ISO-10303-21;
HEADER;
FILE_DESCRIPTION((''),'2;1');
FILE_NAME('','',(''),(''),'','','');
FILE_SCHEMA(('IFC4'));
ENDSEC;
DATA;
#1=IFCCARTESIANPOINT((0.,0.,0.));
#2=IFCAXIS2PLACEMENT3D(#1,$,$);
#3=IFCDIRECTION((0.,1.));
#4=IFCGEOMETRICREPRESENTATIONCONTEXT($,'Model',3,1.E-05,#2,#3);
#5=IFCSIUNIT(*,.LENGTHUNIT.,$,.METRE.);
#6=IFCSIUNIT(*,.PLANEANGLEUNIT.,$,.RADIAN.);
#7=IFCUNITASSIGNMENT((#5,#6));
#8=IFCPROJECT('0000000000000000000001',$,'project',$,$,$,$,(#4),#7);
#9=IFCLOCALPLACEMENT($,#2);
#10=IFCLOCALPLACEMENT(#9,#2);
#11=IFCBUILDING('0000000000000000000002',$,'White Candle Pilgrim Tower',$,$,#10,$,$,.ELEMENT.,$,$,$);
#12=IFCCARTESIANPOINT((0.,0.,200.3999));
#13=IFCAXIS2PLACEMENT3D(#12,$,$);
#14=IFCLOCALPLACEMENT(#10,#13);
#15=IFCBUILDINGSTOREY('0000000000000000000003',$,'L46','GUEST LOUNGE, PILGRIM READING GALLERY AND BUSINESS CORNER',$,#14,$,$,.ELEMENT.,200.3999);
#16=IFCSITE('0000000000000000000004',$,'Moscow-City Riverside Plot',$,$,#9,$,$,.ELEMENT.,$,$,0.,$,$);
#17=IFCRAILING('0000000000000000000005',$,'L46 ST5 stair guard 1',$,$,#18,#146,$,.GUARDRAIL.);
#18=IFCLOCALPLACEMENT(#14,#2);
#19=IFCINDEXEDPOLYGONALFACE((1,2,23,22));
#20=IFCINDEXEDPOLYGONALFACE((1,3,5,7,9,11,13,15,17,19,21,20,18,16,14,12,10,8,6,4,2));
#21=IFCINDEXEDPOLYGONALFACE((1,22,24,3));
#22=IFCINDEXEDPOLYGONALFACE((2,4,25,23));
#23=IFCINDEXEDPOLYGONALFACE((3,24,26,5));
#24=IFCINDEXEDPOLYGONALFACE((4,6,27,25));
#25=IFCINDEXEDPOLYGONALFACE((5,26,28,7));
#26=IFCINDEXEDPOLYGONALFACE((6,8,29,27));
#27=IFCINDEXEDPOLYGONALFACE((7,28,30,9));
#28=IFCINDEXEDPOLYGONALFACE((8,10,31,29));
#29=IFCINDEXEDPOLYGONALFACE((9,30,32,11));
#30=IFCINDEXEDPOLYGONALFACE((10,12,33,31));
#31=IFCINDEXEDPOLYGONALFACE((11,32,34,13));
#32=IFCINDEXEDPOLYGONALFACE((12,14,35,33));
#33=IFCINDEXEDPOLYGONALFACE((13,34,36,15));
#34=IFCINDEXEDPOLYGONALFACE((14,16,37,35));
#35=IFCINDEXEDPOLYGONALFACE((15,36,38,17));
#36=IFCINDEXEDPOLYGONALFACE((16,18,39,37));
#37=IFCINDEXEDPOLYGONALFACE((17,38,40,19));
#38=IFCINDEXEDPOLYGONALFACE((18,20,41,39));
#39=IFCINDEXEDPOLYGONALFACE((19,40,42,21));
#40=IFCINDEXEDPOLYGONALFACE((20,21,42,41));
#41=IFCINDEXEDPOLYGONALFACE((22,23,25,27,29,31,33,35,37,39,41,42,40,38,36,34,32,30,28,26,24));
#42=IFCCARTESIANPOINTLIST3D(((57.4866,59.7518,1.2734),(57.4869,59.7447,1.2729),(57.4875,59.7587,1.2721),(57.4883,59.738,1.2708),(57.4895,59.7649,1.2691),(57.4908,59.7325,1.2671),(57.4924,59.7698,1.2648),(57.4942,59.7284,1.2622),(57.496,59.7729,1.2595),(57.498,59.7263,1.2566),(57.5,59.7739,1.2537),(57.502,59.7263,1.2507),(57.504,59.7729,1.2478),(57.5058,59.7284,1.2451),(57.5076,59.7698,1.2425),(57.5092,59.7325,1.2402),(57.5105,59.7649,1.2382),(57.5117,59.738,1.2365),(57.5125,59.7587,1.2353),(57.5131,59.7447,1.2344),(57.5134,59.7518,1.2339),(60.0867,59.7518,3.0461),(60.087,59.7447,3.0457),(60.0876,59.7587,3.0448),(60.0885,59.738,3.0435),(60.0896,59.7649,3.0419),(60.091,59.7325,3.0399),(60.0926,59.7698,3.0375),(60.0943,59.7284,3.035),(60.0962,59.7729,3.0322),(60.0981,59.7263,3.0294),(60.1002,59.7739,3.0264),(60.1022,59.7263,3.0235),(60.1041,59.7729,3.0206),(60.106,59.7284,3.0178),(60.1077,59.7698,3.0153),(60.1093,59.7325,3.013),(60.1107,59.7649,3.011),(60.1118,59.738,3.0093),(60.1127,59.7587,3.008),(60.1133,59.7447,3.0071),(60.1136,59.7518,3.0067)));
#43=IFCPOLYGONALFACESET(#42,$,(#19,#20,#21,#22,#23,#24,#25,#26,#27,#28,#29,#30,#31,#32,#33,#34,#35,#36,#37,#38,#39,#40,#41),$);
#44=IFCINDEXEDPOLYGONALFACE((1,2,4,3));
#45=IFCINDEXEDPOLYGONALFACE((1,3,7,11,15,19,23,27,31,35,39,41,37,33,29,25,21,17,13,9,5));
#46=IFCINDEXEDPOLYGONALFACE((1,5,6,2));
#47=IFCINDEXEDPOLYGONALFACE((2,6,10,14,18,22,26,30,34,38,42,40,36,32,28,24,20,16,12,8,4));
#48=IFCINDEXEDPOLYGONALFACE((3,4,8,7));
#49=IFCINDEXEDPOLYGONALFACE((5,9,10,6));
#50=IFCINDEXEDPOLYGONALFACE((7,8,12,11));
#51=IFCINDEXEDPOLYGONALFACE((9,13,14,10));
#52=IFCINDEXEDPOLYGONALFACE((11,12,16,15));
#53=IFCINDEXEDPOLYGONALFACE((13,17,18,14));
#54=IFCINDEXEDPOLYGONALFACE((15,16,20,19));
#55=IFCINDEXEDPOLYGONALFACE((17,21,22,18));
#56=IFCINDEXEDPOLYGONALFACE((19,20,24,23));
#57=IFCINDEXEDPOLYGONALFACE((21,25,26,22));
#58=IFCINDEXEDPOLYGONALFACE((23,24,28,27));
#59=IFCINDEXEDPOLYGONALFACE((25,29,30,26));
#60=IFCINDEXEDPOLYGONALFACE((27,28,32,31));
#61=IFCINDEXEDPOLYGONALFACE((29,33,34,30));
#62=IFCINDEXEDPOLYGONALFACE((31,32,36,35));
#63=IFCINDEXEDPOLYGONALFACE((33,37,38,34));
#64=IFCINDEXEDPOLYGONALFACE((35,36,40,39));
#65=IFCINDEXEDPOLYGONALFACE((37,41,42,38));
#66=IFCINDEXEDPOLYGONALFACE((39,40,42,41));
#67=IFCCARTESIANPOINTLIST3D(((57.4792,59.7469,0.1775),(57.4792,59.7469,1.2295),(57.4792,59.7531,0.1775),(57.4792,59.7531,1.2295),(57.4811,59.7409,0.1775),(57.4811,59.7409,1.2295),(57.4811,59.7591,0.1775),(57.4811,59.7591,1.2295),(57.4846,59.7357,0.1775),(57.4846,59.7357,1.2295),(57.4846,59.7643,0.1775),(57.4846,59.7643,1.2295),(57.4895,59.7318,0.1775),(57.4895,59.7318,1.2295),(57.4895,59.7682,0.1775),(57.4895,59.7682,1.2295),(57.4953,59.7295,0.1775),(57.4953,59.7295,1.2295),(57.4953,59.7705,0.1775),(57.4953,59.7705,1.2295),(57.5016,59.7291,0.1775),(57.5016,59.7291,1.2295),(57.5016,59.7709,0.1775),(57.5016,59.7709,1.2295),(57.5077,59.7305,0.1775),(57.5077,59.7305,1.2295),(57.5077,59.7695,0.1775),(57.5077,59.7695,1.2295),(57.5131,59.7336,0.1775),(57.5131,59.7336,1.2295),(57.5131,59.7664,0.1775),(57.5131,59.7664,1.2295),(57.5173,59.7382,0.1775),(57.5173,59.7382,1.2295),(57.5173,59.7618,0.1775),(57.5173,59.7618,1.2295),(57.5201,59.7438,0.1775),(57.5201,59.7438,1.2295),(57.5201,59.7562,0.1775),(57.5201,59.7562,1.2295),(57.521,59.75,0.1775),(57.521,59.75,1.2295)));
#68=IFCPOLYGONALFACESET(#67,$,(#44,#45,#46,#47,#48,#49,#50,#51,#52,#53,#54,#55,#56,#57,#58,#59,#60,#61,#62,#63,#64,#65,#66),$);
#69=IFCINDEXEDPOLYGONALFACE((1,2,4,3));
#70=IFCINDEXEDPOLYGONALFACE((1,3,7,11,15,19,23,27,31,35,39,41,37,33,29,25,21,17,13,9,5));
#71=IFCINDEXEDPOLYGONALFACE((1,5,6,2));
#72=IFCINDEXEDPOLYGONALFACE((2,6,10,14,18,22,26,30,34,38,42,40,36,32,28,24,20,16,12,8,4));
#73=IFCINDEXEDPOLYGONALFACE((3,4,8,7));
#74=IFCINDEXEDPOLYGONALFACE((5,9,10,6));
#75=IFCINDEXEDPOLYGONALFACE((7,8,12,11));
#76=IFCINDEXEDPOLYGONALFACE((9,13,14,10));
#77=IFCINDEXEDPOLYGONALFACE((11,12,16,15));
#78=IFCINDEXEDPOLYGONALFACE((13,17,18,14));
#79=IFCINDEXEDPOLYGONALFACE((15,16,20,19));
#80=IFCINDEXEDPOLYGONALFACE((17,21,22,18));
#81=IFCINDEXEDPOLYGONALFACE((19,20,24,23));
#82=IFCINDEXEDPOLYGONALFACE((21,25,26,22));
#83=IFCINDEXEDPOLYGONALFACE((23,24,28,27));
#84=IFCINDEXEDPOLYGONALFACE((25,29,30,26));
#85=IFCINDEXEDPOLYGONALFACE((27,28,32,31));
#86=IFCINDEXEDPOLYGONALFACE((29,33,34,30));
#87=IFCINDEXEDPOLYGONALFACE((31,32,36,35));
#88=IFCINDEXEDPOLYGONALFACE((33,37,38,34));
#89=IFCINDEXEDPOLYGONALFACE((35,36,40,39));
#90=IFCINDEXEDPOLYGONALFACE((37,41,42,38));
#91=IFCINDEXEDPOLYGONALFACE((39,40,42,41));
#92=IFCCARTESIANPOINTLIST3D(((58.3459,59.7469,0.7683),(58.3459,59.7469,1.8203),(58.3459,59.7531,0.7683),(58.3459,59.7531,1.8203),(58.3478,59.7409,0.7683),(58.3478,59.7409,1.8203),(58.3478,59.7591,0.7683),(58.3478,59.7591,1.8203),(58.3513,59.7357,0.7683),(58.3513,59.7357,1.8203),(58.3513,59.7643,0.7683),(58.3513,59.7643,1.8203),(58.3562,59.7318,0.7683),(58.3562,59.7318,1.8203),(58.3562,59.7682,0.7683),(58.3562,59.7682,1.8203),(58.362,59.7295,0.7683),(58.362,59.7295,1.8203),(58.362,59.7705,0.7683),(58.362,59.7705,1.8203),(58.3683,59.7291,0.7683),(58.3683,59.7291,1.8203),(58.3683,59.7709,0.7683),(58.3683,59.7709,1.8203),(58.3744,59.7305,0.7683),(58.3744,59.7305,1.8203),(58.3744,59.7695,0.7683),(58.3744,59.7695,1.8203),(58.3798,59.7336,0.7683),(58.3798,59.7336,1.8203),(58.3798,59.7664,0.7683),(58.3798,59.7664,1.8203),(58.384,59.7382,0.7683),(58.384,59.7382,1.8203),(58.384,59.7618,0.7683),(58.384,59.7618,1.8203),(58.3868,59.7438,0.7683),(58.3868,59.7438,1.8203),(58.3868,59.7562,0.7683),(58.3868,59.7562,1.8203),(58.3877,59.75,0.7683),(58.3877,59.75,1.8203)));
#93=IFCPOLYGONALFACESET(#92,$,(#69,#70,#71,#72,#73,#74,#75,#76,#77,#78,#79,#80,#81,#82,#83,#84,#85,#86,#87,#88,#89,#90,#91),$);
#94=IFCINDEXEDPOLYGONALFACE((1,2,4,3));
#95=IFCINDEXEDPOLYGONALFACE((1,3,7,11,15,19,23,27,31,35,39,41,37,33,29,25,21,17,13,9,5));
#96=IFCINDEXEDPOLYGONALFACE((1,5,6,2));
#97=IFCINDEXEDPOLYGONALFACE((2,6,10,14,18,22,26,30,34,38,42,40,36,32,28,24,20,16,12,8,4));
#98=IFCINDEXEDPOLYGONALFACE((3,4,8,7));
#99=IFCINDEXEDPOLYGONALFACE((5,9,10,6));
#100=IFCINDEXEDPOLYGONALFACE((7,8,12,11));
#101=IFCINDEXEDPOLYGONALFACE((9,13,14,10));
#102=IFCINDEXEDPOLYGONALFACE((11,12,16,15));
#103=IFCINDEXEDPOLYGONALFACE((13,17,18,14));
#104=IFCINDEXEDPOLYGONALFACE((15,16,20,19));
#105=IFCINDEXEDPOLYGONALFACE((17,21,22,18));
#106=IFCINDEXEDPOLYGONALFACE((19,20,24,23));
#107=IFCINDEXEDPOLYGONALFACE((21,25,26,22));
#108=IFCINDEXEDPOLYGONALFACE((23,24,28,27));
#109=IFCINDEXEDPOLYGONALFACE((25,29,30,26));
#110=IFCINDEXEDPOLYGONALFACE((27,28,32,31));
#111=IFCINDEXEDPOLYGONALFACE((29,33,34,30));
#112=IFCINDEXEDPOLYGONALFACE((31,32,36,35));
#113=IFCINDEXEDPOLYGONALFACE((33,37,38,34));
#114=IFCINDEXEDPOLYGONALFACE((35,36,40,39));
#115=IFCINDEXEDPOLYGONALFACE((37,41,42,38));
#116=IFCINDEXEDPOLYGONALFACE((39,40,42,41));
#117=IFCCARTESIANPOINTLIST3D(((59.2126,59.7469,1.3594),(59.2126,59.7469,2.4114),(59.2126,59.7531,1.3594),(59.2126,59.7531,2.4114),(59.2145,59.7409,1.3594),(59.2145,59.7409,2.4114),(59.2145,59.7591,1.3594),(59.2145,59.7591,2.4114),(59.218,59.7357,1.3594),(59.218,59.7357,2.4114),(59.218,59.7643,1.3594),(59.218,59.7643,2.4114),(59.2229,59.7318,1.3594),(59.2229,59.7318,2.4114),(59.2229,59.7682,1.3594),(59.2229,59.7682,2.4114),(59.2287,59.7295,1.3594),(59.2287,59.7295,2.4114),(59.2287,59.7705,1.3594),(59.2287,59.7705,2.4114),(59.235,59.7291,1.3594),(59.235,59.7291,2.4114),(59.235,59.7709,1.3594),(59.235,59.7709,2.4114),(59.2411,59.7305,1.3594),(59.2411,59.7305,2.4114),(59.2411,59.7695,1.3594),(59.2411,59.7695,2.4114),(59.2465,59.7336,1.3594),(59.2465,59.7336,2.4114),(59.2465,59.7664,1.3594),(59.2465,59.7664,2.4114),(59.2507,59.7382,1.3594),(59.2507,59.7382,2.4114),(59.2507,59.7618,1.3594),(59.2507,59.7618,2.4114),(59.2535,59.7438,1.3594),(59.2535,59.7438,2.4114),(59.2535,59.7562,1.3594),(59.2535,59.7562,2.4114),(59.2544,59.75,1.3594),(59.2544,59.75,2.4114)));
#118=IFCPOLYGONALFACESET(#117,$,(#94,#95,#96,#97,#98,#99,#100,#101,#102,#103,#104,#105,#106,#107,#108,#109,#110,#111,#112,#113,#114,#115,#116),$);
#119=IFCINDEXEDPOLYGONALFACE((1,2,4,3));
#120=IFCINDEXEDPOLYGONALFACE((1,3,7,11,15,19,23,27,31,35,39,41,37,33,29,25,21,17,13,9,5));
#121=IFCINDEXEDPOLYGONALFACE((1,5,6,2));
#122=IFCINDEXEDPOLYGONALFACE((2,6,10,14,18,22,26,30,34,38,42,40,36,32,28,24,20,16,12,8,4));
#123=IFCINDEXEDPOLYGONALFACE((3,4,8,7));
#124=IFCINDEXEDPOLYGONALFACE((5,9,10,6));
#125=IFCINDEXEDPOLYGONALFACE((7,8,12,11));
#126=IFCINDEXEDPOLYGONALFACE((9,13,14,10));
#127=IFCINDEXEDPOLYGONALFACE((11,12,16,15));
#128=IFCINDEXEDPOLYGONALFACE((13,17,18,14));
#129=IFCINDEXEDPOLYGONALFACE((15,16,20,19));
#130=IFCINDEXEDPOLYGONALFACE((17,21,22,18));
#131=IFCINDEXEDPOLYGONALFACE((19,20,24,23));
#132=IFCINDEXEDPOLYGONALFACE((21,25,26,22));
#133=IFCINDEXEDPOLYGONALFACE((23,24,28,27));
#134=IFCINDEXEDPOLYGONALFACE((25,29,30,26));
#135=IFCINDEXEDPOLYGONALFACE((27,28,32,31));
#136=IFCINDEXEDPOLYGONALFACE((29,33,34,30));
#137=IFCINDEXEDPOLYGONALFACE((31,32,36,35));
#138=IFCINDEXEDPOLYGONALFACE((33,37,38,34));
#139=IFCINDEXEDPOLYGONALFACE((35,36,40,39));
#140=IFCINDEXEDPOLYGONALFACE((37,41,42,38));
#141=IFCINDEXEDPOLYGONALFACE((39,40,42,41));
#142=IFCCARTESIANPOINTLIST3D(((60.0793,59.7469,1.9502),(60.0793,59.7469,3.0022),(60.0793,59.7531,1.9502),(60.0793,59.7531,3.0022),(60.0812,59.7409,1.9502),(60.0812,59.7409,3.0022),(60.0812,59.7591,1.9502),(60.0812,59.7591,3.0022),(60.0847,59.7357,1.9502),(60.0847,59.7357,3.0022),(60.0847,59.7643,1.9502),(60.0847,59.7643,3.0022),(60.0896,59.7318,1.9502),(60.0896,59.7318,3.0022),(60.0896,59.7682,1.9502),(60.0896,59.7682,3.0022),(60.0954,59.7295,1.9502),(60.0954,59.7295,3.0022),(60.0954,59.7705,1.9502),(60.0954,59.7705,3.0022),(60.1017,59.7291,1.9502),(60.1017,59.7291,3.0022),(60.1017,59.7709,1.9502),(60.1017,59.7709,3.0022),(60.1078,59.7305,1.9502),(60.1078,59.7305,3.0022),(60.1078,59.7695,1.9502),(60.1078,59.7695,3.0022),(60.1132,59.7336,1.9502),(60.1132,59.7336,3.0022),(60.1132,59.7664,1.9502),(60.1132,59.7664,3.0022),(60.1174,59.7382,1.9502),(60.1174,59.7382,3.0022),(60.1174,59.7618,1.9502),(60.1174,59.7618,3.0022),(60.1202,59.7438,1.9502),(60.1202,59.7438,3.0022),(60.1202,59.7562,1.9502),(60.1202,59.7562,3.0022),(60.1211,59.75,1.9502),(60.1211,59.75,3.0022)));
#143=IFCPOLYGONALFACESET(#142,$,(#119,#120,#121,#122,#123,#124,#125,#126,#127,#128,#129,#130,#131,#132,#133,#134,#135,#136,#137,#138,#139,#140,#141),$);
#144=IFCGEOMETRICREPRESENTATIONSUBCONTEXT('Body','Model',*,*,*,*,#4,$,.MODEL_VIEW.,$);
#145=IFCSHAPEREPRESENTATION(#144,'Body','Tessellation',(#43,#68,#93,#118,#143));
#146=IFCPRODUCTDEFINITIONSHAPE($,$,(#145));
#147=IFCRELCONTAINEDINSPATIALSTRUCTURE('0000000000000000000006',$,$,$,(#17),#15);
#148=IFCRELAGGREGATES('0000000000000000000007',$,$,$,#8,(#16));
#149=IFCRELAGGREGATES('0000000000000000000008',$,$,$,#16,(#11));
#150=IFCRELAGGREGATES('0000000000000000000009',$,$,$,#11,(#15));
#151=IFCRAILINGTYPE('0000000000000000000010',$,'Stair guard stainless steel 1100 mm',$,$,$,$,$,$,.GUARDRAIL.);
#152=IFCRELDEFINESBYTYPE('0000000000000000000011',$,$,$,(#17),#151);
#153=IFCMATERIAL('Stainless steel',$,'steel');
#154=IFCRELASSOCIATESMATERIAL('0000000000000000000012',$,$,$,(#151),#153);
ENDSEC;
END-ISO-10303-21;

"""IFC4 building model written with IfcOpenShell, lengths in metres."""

from ifc_helpers import new_model, si_unit, direction, frame, origin, origin_2d, place, context, subcontext, project, spatial, circle, extrude, material, type_object, element, save


model = new_model("IFC4")

# Units and contexts
model_context = context("Model", 3, precision=1e-05, world=origin(), true_north=direction((0.0, 1.0)))
body_context = subcontext(model_context, "Body", "Model", "MODEL_VIEW")
ifc_project = project(units=[si_unit("LENGTHUNIT", "METRE"), si_unit("PLANEANGLEUNIT", "RADIAN")], contexts=[model_context])

# Site, building, storey
site_placement = place(None, origin())
site = spatial("IfcSite", under=ifc_project, at=site_placement, Name="Moscow-City Riverside Plot", CompositionType="ELEMENT", RefElevation=0.0)
building_placement = place(site_placement, origin())
building = spatial("IfcBuilding", under=site, at=building_placement, Name="White Candle Pilgrim Tower", CompositionType="ELEMENT")
storey_placement = place(building_placement, frame((0.0, 0.0, 200.3999)))
storey = spatial("IfcBuildingStorey", under=building, at=storey_placement, Name="L46", Description="GUEST LOUNGE, PILGRIM READING GALLERY AND BUSINESS CORNER", CompositionType="ELEMENT", Elevation=200.3999)

# Railing
ifc_material_1 = material(Name="Stainless steel", Category="steel")
railing_type_1 = type_object("IfcRailingType", Name="Stair guard stainless steel 1100 mm", PredefinedType="GUARDRAIL", material=ifc_material_1)
railing_1_placement = place(storey_placement, frame((57.5, 59.75, 0.1775)))
element("IfcRailing", 1, at=railing_1_placement, inside=storey, type_object=railing_type_1, Name="L46 ST5 stair guard 1", PredefinedType="GUARDRAIL", context=body_context, shape_type="SweptSolid", body=[
    extrude(circle(Radius=0.0239, at=origin_2d()), frame((0.0, 0.0, 1.0762), z_axis=(0.82624, 0.0, 0.563318), x_axis=(0.0, 1.0, 0.0)), (0.0, 0.0, 1.0), 3.147),
    extrude(circle(Radius=0.021, at=origin_2d()), origin(), (0.0, 0.0, 1.0), 1.052),
    extrude(circle(Radius=0.021, at=origin_2d()), frame((0.8667, 0.0, 0.5908)), (0.0, 0.0, 1.0), 1.052),
    extrude(circle(Radius=0.021, at=origin_2d()), frame((1.7334, 0.0, 1.1819)), (0.0, 0.0, 1.0), 1.052),
    extrude(circle(Radius=0.021, at=origin_2d()), frame((2.6001, 0.0, 1.7727)), (0.0, 0.0, 1.0), 1.052),
])

save(model, "model.ifc")
